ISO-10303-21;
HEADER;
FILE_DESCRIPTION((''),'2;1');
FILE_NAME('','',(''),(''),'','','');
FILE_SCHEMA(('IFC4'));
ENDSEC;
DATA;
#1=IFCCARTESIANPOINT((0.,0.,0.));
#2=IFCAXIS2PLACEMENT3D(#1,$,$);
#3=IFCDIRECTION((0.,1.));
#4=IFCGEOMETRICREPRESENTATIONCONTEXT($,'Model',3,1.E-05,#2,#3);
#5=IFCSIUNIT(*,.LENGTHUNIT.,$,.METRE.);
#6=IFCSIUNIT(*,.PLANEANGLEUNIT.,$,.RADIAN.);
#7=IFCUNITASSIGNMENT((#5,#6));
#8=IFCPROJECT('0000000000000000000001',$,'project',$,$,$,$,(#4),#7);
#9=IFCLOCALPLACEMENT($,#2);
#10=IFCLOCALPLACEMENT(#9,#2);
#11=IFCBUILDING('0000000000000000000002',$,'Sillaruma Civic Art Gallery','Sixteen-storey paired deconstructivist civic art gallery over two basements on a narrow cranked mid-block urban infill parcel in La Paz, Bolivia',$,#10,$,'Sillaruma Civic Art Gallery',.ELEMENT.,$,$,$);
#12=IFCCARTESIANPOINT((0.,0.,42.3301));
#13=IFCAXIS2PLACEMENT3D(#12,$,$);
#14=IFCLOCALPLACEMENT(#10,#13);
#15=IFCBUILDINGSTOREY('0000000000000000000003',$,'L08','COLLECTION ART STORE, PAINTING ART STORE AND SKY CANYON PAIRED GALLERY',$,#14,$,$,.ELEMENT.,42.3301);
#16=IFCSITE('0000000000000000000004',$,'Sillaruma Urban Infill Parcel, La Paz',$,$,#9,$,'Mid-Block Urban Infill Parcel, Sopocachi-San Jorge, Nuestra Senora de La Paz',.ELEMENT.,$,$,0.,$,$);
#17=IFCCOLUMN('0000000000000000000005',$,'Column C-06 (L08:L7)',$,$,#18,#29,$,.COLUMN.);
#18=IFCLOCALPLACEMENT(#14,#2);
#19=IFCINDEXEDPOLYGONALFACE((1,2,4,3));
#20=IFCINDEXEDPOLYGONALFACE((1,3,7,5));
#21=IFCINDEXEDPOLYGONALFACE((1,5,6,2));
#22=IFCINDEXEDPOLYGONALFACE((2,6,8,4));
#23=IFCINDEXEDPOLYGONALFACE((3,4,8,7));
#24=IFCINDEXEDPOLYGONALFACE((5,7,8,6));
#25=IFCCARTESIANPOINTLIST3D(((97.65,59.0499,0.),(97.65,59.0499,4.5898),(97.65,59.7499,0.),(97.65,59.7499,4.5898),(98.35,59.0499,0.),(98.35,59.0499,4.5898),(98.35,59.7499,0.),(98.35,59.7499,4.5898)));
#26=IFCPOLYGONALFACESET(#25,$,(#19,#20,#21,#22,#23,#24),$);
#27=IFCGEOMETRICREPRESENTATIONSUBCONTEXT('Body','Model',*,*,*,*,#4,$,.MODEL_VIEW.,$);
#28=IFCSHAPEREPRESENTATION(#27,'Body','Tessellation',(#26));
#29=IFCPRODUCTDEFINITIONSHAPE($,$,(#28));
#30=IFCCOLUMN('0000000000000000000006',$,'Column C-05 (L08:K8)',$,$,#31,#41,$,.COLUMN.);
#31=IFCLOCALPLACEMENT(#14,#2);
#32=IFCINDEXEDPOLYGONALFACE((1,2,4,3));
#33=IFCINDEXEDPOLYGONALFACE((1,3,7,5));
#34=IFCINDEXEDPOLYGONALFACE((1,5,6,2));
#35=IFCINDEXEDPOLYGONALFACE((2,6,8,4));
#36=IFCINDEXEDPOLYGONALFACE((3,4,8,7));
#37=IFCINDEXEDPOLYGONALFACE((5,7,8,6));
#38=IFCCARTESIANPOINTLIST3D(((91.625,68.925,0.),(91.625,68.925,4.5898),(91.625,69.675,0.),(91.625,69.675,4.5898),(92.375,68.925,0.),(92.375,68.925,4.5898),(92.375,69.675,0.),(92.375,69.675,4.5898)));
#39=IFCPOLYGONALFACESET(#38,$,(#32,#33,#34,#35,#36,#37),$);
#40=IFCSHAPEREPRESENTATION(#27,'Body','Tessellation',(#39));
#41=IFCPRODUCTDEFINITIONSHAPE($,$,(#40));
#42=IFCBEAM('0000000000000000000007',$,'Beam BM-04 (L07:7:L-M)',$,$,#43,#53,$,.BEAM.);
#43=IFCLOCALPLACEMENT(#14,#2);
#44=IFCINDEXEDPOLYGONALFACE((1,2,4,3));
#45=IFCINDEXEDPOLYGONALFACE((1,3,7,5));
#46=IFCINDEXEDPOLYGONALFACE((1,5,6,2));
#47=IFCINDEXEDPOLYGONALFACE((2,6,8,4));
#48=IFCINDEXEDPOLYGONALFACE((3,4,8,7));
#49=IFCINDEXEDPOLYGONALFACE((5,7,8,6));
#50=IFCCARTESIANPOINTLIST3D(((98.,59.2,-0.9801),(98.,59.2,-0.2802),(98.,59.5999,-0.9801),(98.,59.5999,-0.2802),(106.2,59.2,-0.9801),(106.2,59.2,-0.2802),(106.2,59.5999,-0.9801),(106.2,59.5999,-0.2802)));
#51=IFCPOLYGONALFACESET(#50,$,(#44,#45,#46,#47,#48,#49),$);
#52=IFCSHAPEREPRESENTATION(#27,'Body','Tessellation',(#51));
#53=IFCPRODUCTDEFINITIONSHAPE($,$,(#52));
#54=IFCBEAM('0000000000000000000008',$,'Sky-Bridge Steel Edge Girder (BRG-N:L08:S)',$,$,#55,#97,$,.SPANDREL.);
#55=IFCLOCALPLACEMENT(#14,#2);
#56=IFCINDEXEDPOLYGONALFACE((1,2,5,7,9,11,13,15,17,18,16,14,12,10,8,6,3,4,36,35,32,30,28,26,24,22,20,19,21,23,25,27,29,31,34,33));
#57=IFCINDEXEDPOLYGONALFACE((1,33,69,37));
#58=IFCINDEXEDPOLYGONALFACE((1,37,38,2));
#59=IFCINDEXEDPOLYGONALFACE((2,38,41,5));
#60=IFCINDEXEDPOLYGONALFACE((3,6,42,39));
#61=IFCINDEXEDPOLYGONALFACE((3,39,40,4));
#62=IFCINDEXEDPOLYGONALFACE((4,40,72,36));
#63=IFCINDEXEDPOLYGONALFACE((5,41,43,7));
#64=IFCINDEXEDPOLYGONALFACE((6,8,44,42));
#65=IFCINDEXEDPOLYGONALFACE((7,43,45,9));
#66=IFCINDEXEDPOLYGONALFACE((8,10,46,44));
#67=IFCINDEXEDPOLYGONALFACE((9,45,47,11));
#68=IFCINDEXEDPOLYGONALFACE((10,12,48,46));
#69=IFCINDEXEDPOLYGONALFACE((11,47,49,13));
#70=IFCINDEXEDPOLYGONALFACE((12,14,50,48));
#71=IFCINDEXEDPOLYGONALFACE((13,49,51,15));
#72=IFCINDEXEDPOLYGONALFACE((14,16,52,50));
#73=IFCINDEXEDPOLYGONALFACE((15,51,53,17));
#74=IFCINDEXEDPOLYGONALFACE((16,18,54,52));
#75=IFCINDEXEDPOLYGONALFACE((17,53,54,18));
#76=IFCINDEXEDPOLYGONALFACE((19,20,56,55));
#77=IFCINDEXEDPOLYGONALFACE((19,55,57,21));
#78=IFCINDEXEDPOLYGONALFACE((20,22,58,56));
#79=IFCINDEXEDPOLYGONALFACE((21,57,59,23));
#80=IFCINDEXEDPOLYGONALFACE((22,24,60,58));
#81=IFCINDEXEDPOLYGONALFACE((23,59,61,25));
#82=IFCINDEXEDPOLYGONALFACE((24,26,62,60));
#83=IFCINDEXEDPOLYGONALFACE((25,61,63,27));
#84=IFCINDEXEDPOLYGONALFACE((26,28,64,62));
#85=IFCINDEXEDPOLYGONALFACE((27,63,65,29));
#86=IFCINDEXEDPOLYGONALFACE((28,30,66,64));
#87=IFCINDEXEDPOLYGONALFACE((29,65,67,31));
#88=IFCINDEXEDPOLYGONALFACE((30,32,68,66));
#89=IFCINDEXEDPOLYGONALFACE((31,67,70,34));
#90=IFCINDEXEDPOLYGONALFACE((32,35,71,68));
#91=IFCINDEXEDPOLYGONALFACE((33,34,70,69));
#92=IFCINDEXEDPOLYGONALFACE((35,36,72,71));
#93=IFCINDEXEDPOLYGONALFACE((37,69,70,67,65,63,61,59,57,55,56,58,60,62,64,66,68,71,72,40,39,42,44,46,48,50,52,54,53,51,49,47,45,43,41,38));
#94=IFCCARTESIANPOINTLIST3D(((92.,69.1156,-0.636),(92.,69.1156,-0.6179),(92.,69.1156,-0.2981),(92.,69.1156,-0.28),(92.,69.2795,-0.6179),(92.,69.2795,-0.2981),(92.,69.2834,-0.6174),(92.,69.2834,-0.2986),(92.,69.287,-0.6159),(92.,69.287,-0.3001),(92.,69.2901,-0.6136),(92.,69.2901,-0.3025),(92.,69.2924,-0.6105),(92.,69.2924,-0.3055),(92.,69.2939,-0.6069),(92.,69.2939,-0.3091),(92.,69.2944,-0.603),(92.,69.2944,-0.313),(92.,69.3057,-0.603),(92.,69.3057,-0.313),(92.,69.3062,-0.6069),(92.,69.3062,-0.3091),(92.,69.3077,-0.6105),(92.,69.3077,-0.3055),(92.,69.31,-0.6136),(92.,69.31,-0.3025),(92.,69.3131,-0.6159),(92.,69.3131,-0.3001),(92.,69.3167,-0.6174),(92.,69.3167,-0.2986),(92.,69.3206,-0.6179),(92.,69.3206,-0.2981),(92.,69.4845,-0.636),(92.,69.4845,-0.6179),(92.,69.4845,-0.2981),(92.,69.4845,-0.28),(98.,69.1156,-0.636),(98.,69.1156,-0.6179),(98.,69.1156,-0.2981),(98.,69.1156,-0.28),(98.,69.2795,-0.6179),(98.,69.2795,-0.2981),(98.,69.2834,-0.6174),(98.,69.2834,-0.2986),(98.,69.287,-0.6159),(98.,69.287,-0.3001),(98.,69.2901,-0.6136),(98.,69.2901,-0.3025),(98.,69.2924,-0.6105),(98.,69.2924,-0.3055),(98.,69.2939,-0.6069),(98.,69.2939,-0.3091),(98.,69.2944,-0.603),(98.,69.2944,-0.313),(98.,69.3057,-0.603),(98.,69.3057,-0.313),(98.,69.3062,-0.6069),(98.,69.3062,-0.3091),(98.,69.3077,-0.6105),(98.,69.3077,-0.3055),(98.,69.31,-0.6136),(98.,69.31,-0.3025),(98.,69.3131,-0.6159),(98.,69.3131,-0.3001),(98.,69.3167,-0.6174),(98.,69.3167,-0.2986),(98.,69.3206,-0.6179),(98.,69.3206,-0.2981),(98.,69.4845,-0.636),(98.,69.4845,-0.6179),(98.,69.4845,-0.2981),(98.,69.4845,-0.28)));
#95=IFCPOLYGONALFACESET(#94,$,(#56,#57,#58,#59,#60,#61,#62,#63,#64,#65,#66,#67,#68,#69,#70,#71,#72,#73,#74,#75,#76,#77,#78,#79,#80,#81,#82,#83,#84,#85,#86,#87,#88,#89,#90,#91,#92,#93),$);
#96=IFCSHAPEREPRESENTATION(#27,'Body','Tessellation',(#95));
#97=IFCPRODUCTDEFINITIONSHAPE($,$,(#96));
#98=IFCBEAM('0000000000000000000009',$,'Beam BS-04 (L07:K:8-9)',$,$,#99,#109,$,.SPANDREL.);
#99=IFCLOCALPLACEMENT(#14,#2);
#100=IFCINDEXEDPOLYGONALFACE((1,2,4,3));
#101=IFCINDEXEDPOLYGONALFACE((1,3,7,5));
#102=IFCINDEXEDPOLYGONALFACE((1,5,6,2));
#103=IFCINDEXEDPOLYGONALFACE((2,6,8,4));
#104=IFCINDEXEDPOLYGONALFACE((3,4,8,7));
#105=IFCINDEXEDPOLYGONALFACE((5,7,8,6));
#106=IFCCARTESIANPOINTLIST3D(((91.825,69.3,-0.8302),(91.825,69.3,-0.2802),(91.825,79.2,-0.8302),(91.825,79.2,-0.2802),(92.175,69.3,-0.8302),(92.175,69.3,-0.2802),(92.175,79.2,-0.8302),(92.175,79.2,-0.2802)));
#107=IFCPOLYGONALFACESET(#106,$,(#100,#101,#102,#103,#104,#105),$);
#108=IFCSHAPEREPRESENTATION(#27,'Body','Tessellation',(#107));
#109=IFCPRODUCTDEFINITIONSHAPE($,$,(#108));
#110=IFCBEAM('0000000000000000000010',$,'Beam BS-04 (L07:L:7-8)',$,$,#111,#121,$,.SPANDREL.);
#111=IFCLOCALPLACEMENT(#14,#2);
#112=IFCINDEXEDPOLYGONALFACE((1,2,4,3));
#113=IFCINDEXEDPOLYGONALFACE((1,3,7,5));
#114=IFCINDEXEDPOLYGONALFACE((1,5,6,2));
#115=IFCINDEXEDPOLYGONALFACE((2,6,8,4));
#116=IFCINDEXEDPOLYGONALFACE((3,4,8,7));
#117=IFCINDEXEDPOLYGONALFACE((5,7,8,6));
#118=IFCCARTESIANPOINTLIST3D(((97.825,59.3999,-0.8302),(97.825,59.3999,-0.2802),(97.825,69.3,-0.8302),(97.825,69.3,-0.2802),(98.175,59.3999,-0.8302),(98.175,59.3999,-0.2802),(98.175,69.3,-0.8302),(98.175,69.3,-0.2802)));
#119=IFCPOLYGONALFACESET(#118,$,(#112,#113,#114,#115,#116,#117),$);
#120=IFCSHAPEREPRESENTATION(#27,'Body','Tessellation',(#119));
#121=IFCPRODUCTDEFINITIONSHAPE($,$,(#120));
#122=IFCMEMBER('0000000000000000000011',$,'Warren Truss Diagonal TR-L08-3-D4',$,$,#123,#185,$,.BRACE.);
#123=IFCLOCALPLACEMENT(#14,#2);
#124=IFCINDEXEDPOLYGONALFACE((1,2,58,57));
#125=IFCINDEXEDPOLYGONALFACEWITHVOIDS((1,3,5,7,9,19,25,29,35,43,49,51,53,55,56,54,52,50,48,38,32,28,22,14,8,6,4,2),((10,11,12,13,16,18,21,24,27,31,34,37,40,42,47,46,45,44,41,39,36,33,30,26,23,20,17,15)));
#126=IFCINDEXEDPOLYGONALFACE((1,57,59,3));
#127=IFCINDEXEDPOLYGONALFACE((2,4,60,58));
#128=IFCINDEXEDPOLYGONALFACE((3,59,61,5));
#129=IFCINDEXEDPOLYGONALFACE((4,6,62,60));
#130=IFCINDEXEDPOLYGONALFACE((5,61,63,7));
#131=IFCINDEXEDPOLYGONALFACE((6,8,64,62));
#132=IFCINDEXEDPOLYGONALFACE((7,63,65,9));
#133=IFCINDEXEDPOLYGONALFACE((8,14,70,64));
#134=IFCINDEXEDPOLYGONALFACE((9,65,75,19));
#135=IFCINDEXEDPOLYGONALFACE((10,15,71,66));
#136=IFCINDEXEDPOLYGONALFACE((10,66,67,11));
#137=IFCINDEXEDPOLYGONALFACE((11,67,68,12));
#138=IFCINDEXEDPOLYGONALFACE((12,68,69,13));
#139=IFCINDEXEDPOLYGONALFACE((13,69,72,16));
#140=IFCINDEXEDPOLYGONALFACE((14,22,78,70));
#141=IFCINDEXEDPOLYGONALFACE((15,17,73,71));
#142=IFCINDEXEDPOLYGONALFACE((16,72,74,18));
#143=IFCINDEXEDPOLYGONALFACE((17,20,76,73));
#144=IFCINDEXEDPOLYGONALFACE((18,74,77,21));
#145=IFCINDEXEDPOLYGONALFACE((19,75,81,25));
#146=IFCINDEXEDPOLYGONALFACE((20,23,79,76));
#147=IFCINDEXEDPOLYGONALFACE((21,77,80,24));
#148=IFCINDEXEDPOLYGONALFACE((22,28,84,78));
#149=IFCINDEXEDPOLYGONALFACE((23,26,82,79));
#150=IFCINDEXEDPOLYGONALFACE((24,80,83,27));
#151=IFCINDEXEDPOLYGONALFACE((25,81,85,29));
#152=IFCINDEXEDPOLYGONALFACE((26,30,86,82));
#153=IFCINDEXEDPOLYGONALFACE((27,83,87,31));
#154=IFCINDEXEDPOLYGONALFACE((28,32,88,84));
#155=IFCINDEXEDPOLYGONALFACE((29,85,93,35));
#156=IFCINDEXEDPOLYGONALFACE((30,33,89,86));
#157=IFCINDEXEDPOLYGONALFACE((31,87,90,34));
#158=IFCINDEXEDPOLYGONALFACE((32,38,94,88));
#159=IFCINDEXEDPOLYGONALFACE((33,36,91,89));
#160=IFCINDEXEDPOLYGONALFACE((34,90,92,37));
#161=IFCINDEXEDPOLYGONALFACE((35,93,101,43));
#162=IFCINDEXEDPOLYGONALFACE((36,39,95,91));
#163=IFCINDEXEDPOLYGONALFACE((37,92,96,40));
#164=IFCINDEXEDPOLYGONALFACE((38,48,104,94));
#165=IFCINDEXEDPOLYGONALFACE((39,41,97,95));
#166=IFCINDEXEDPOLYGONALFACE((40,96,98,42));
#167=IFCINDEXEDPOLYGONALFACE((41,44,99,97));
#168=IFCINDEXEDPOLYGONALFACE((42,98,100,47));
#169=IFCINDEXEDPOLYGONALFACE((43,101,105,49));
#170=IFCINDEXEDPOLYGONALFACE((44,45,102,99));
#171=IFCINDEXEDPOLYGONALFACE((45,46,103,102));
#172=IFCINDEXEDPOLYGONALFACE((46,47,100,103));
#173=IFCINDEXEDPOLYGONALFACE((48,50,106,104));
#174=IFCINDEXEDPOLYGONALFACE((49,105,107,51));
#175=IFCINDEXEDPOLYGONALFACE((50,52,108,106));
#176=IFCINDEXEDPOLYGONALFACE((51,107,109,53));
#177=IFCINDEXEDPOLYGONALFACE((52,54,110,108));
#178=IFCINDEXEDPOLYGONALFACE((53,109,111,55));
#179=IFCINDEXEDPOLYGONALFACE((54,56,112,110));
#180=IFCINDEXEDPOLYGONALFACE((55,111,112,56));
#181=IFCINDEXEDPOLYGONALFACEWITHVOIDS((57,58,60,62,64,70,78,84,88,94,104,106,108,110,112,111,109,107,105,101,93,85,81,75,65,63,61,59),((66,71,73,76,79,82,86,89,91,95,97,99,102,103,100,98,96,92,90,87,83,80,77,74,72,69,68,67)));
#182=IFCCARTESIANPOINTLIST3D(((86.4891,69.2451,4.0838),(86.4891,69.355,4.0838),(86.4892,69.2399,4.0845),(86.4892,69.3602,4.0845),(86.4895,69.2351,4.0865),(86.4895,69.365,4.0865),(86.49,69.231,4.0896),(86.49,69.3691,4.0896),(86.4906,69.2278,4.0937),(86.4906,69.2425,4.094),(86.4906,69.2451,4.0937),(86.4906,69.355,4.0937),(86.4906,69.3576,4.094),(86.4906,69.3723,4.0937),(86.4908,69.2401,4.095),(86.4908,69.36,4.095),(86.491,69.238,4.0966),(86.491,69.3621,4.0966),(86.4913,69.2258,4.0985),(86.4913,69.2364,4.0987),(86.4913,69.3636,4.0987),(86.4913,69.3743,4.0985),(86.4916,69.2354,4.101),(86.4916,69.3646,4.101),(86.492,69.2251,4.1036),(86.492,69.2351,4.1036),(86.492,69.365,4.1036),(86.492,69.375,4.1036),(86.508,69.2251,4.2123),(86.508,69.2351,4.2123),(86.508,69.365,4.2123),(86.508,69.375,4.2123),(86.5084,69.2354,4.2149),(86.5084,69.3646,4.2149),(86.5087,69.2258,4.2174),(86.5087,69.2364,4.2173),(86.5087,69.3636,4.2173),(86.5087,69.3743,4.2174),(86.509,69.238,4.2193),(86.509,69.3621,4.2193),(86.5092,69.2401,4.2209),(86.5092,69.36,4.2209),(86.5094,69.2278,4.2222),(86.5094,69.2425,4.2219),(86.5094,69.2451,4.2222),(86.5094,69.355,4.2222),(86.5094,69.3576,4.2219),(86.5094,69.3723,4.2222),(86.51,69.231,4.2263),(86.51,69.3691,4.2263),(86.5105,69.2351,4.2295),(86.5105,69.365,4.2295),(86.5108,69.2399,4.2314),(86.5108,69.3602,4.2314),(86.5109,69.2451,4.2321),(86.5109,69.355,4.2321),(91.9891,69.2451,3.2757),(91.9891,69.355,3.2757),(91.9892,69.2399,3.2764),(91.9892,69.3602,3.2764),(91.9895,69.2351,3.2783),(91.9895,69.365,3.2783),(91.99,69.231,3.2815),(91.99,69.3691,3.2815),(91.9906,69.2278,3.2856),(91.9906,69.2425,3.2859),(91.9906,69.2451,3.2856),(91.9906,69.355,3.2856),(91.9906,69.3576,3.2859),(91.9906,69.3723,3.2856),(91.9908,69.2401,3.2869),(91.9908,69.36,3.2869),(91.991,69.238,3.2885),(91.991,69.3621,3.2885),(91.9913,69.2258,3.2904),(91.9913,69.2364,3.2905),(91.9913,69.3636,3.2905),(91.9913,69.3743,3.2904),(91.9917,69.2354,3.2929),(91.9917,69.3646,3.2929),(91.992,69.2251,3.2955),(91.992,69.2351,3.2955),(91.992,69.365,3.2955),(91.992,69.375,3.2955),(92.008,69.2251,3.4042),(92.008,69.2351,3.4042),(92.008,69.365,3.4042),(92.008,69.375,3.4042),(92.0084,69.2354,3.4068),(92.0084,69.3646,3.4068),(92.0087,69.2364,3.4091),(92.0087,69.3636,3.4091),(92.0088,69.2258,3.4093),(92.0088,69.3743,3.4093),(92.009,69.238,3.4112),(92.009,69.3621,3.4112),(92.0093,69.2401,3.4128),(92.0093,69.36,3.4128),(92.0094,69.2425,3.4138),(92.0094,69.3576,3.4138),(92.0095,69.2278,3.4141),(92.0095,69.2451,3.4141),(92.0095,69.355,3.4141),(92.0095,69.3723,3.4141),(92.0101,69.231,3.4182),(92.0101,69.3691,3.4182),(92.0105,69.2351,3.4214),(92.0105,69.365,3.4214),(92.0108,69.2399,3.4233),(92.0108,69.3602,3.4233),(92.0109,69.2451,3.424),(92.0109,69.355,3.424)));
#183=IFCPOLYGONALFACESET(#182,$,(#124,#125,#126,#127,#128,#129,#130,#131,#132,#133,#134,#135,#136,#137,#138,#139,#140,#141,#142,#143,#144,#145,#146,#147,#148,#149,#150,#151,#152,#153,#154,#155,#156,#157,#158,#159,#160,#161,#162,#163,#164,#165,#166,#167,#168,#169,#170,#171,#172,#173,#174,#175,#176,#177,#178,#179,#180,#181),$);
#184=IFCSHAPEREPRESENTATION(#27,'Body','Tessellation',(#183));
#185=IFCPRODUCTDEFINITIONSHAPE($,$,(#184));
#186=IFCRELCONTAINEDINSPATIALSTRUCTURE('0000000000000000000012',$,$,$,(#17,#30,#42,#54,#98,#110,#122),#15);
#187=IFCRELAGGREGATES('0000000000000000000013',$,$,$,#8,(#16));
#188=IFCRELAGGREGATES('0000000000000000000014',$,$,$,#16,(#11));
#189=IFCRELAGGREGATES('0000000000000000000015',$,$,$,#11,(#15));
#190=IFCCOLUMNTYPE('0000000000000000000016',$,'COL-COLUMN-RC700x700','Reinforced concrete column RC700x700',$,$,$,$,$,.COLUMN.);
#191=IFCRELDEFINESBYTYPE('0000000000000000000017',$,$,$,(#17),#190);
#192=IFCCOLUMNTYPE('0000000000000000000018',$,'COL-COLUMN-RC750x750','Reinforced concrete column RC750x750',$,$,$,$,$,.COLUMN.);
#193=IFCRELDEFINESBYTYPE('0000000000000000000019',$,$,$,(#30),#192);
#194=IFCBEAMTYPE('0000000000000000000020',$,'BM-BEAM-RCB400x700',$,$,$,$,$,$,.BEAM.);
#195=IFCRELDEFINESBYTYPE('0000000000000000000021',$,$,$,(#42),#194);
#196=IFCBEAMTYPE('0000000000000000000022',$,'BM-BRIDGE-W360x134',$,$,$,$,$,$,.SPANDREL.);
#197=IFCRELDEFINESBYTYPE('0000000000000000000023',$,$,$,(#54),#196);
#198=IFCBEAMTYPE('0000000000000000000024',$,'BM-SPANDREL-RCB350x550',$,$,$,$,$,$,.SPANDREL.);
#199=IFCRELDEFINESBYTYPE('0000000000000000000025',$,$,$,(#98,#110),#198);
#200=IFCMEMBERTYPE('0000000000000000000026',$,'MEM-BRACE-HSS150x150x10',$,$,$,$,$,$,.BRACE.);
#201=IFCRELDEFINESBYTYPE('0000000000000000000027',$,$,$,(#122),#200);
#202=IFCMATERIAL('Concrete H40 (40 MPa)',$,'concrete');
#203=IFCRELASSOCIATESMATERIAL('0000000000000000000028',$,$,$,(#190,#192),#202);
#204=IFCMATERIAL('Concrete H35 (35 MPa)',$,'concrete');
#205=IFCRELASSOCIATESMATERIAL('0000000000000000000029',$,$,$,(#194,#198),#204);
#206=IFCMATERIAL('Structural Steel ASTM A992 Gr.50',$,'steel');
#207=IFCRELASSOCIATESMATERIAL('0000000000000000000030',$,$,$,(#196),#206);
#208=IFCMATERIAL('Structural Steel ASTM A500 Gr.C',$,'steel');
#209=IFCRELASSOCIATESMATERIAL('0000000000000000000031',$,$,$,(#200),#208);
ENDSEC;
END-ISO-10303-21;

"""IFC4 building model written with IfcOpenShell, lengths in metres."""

from ifc_helpers import new_model, si_unit, direction, frame, origin, origin_2d, place, context, subcontext, project, spatial, rectangle, hollow_rectangle, i_section, extrude, material, material_profile, profile_set, type_object, element, save


model = new_model("IFC4")

# Units and contexts
model_context = context("Model", 3, precision=1e-05, world=origin(), true_north=direction((0.0, 1.0)))
body_context = subcontext(model_context, "Body", "Model", "MODEL_VIEW")
ifc_project = project(units=[si_unit("LENGTHUNIT", "METRE"), si_unit("PLANEANGLEUNIT", "RADIAN")], contexts=[model_context])

# Site, building, storey
site_placement = place(None, origin())
site = spatial("IfcSite", under=ifc_project, at=site_placement, Name="Sillaruma Urban Infill Parcel, La Paz", LongName="Mid-Block Urban Infill Parcel, Sopocachi-San Jorge, Nuestra Senora de La Paz", CompositionType="ELEMENT", RefElevation=0.0)
building_placement = place(site_placement, origin())
building = spatial("IfcBuilding", under=site, at=building_placement, Name="Sillaruma Civic Art Gallery", Description="Sixteen-storey paired deconstructivist civic art gallery over two basements on a narrow cranked mid-block urban infill parcel in La Paz, Bolivia", LongName="Sillaruma Civic Art Gallery", CompositionType="ELEMENT")
storey_placement = place(building_placement, frame((0.0, 0.0, 42.3301)))
storey = spatial("IfcBuildingStorey", under=building, at=storey_placement, Name="L08", Description="COLLECTION ART STORE, PAINTING ART STORE AND SKY CANYON PAIRED GALLERY", CompositionType="ELEMENT", Elevation=42.3301)

# Columns
ifc_material_1 = material(Name="Concrete H40 (40 MPa)", Category="concrete")
ifc_material_profile_1 = material_profile(ifc_material_1, rectangle(XDim=0.7, YDim=0.7, at=origin_2d()), Name="RC700x700")
ifc_profile_set_1 = profile_set([ifc_material_profile_1], Name="Concrete H40 (40 MPa)")
column_type_1 = type_object("IfcColumnType", Name="COL-COLUMN-RC700x700", Description="Reinforced concrete column RC700x700", PredefinedType="COLUMN", material=ifc_profile_set_1)
column_1_placement = place(storey_placement, frame((98.0, 59.3999, 0.0), z_axis=(0.0, 0.0, 1.0), x_axis=(1.0, 0.0, 0.0)))
element("IfcColumn", 1, at=column_1_placement, inside=storey, type_object=column_type_1, Name="Column C-06 (L08:L7)", PredefinedType="COLUMN", context=body_context, shape_type="SweptSolid", body=[
    extrude(rectangle(XDim=0.7, YDim=0.7, at=origin_2d()), origin(), (0.0, 0.0, 1.0), 4.5898),
])
ifc_material_profile_2 = material_profile(ifc_material_1, rectangle(XDim=0.75, YDim=0.75, at=origin_2d()), Name="RC750x750")
ifc_profile_set_2 = profile_set([ifc_material_profile_2], Name="Concrete H40 (40 MPa)")
column_type_2 = type_object("IfcColumnType", Name="COL-COLUMN-RC750x750", Description="Reinforced concrete column RC750x750", PredefinedType="COLUMN", material=ifc_profile_set_2)
column_2_placement = place(storey_placement, frame((92.0, 69.3, 0.0), z_axis=(0.0, 0.0, 1.0), x_axis=(1.0, 0.0, 0.0)))
element("IfcColumn", 2, at=column_2_placement, inside=storey, type_object=column_type_2, Name="Column C-05 (L08:K8)", PredefinedType="COLUMN", context=body_context, shape_type="SweptSolid", body=[
    extrude(rectangle(XDim=0.75, YDim=0.75, at=origin_2d()), origin(), (0.0, 0.0, 1.0), 4.5898),
])

# Beams
ifc_material_2 = material(Name="Concrete H35 (35 MPa)", Category="concrete")
ifc_material_profile_3 = material_profile(ifc_material_2, rectangle(XDim=0.3999, YDim=0.7, at=origin_2d()), Name="RCB400x700")
ifc_profile_set_3 = profile_set([ifc_material_profile_3], Name="Concrete H35 (35 MPa)")
beam_type_1 = type_object("IfcBeamType", Name="BM-BEAM-RCB400x700", PredefinedType="BEAM", material=ifc_profile_set_3)
beam_1_placement = place(storey_placement, frame((98.0, 59.3999, -0.6301), z_axis=(1.0, 0.0, 0.0), x_axis=(0.0, 1.0, 0.0)))
element("IfcBeam", 3, at=beam_1_placement, inside=storey, type_object=beam_type_1, Name="Beam BM-04 (L07:7:L-M)", PredefinedType="BEAM", context=body_context, shape_type="SweptSolid", body=[
    extrude(rectangle(XDim=0.3999, YDim=0.7, at=origin_2d()), origin(), (0.0, 0.0, 1.0), 8.2),
])
ifc_material_3 = material(Name="Structural Steel ASTM A992 Gr.50", Category="steel")
ifc_material_profile_4 = material_profile(ifc_material_3, i_section(OverallWidth=0.3689, OverallDepth=0.356, WebThickness=0.0112, FlangeThickness=0.0181, FilletRadius=0.0149, at=origin_2d()), Name="W360x134")
ifc_profile_set_4 = profile_set([ifc_material_profile_4], Name="Structural Steel ASTM A992 Gr.50")
beam_type_2 = type_object("IfcBeamType", Name="BM-BRIDGE-W360x134", PredefinedType="SPANDREL", material=ifc_profile_set_4)
beam_2_placement = place(storey_placement, frame((92.0, 69.3, -0.458), z_axis=(1.0, 0.0, 0.0), x_axis=(0.0, 1.0, 0.0)))
element("IfcBeam", 4, at=beam_2_placement, inside=storey, type_object=beam_type_2, Name="Sky-Bridge Steel Edge Girder (BRG-N:L08:S)", PredefinedType="SPANDREL", context=body_context, shape_type="SweptSolid", body=[
    extrude(i_section(OverallWidth=0.3689, OverallDepth=0.356, WebThickness=0.0112, FlangeThickness=0.0181, FilletRadius=0.0149, at=origin_2d()), origin(), (0.0, 0.0, 1.0), 6.0),
])
ifc_material_profile_5 = material_profile(ifc_material_2, rectangle(XDim=0.3501, YDim=0.55, at=origin_2d()), Name="RCB350x550")
ifc_profile_set_5 = profile_set([ifc_material_profile_5], Name="Concrete H35 (35 MPa)")
beam_type_3 = type_object("IfcBeamType", Name="BM-SPANDREL-RCB350x550", PredefinedType="SPANDREL", material=ifc_profile_set_5)
beam_3_placement = place(storey_placement, frame((92.0, 69.3, -0.5552), z_axis=(0.0, 1.0, 0.0), x_axis=(-1.0, 0.0, 0.0)))
element("IfcBeam", 5, at=beam_3_placement, inside=storey, type_object=beam_type_3, Name="Beam BS-04 (L07:K:8-9)", PredefinedType="SPANDREL", context=body_context, shape_type="SweptSolid", body=[
    extrude(rectangle(XDim=0.3501, YDim=0.55, at=origin_2d()), origin(), (0.0, 0.0, 1.0), 9.8999),
])
beam_4_placement = place(storey_placement, frame((98.0, 59.3999, -0.5552), z_axis=(0.0, 1.0, 0.0), x_axis=(-1.0, 0.0, 0.0)))
element("IfcBeam", 6, at=beam_4_placement, inside=storey, type_object=beam_type_3, Name="Beam BS-04 (L07:L:7-8)", PredefinedType="SPANDREL", context=body_context, shape_type="SweptSolid", body=[
    extrude(rectangle(XDim=0.3501, YDim=0.55, at=origin_2d()), origin(), (0.0, 0.0, 1.0), 9.9001),
])

# Member
ifc_material_4 = material(Name="Structural Steel ASTM A500 Gr.C", Category="steel")
ifc_material_profile_6 = material_profile(ifc_material_4, hollow_rectangle(XDim=0.1499, YDim=0.1499, WallThickness=0.01, InnerFilletRadius=0.01, OuterFilletRadius=0.02, at=origin_2d()), Name="HSS150x150x10")
ifc_profile_set_6 = profile_set([ifc_material_profile_6], Name="Structural Steel ASTM A500 Gr.C")
member_type_1 = type_object("IfcMemberType", Name="MEM-BRACE-HSS150x150x10", PredefinedType="BRACE", material=ifc_profile_set_6)
member_1_placement = place(storey_placement, frame((86.5, 69.3, 4.158), z_axis=(0.989378, 0.0, -0.145368), x_axis=(0.0, 1.0, 0.0)))
element("IfcMember", 7, at=member_1_placement, inside=storey, type_object=member_type_1, Name="Warren Truss Diagonal TR-L08-3-D4", PredefinedType="BRACE", context=body_context, shape_type="SweptSolid", body=[
    extrude(hollow_rectangle(XDim=0.1499, YDim=0.1499, WallThickness=0.01, InnerFilletRadius=0.01, OuterFilletRadius=0.02, at=origin_2d()), origin(), (0.0, 0.0, 1.0), 5.5591),
])

save(model, "model.ifc")
